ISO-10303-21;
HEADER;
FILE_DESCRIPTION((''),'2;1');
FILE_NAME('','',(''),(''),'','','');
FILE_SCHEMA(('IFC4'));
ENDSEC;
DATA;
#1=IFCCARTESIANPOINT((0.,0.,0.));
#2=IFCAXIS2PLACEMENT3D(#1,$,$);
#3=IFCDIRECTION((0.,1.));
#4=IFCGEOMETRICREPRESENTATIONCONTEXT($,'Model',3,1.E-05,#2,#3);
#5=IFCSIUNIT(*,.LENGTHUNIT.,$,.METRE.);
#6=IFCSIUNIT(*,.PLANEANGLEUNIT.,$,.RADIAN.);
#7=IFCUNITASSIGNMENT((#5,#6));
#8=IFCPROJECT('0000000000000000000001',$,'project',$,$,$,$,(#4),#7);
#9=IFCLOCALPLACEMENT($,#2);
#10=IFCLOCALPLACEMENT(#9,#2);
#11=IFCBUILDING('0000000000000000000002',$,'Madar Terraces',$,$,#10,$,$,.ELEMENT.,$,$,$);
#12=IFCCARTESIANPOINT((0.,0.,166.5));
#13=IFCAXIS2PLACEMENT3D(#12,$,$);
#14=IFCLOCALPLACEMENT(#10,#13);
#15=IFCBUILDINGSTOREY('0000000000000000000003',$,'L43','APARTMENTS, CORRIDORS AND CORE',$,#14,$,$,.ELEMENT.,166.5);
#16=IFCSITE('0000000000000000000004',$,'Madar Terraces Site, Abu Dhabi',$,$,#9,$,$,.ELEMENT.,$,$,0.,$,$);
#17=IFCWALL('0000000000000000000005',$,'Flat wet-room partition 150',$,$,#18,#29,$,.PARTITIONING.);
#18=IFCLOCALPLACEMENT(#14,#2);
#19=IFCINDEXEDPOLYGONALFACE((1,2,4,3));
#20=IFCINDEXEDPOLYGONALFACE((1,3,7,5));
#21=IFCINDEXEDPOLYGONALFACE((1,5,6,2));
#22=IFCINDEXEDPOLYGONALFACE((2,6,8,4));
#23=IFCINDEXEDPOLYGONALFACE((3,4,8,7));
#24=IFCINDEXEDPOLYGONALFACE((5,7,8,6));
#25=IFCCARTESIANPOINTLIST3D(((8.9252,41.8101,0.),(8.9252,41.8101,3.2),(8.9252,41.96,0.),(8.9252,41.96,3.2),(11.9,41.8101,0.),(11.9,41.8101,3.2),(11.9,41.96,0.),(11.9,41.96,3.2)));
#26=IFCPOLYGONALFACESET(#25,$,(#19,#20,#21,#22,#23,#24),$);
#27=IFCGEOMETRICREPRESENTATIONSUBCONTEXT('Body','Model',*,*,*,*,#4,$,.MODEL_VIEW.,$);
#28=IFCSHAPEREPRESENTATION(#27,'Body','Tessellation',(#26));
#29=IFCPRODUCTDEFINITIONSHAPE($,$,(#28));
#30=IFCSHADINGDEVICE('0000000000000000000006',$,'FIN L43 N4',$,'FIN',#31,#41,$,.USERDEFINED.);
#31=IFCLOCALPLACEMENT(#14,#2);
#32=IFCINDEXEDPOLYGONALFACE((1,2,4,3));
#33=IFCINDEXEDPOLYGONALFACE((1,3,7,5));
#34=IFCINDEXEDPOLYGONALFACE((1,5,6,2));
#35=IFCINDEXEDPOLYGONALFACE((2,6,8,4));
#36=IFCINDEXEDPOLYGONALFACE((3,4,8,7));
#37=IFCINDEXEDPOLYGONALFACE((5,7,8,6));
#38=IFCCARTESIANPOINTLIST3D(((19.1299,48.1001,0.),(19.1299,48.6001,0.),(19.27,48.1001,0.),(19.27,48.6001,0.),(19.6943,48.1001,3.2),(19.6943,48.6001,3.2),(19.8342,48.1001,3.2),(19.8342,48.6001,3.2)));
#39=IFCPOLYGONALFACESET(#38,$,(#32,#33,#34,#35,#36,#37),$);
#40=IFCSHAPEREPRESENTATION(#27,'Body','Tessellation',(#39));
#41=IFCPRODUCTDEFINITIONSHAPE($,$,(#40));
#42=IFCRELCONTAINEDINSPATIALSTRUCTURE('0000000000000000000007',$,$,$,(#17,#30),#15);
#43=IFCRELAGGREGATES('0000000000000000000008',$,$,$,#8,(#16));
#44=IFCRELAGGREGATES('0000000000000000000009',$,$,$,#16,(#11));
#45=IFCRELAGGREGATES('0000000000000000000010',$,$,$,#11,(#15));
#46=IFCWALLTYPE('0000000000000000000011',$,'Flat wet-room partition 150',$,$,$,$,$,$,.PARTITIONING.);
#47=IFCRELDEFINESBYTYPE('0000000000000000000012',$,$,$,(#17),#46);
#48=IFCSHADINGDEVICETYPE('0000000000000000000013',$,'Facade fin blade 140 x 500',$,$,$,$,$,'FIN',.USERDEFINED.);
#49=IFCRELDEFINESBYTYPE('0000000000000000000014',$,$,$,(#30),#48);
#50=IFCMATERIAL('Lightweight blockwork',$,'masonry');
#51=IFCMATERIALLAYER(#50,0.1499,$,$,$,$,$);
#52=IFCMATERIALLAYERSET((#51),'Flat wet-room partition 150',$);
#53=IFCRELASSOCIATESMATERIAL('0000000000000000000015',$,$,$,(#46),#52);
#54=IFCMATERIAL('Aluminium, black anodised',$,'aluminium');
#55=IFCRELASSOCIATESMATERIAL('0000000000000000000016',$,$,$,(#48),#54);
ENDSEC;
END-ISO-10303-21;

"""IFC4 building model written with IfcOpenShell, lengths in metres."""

from ifc_helpers import new_model, si_unit, direction, frame, frame_2d, origin, place, context, subcontext, project, spatial, polyline, rectangle, outline, extrude, material, layer, layer_set, type_object, element, save


model = new_model("IFC4")

# Units and contexts
model_context = context("Model", 3, precision=1e-05, world=origin(), true_north=direction((0.0, 1.0)))
body_context = subcontext(model_context, "Body", "Model", "MODEL_VIEW")
ifc_project = project(units=[si_unit("LENGTHUNIT", "METRE"), si_unit("PLANEANGLEUNIT", "RADIAN")], contexts=[model_context])

# Site, building, storey
site_placement = place(None, origin())
site = spatial("IfcSite", under=ifc_project, at=site_placement, Name="Madar Terraces Site, Abu Dhabi", CompositionType="ELEMENT", RefElevation=0.0)
building_placement = place(site_placement, origin())
building = spatial("IfcBuilding", under=site, at=building_placement, Name="Madar Terraces", CompositionType="ELEMENT")
storey_placement = place(building_placement, frame((0.0, 0.0, 166.5)))
storey = spatial("IfcBuildingStorey", under=building, at=storey_placement, Name="L43", Description="APARTMENTS, CORRIDORS AND CORE", CompositionType="ELEMENT", Elevation=166.5)

# Wall
ifc_material_1 = material(Name="Lightweight blockwork", Category="masonry")
ifc_layer_1 = layer(ifc_material_1, 0.1499)
ifc_layer_set_1 = layer_set([ifc_layer_1], Name="Flat wet-room partition 150")
wall_type_1 = type_object("IfcWallType", Name="Flat wet-room partition 150", PredefinedType="PARTITIONING", material=ifc_layer_set_1)
wall_1_placement = place(storey_placement, frame((11.8999, 41.885, 0.0), z_axis=(0.0, 0.0, 1.0), x_axis=(-1.0, 0.0, 0.0)))
element("IfcWall", 1, at=wall_1_placement, inside=storey, type_object=wall_type_1, Name="Flat wet-room partition 150", PredefinedType="PARTITIONING", context=body_context, shape_type="SweptSolid", body=[
    extrude(rectangle(XDim=2.9749, YDim=0.1499, at=frame_2d((1.4873, 0.0))), origin(), (0.0, 0.0, 1.0), 3.2),
])

# Shading device
ifc_material_2 = material(Name="Aluminium, black anodised", Category="aluminium")
shading_device_type = type_object("IfcShadingDeviceType", Name="Facade fin blade 140 x 500", ElementType="FIN", PredefinedType="USERDEFINED", material=ifc_material_2)
shading_device_placement = place(storey_placement, frame((19.27, 48.3501, 0.0), z_axis=(0.0, 0.0, 1.0), x_axis=(-1.0, 0.0, 0.0)))
element("IfcShadingDevice", 2, at=shading_device_placement, inside=storey, type_object=shading_device_type, Name="FIN L43 N4", ObjectType="FIN", PredefinedType="USERDEFINED", context=body_context, shape_type="SweptSolid", body=[
    extrude(outline(polyline([(0.0, 0.0), (0.1401, 0.0), (-0.4243, 3.2), (-0.5642, 3.2), (0.0, 0.0)])), frame((0.0, 0.25, 0.0), z_axis=(0.0, -1.0, 0.0), x_axis=(1.0, 0.0, 0.0)), (0.0, 0.0, 1.0), 0.5),
])

save(model, "model.ifc")
